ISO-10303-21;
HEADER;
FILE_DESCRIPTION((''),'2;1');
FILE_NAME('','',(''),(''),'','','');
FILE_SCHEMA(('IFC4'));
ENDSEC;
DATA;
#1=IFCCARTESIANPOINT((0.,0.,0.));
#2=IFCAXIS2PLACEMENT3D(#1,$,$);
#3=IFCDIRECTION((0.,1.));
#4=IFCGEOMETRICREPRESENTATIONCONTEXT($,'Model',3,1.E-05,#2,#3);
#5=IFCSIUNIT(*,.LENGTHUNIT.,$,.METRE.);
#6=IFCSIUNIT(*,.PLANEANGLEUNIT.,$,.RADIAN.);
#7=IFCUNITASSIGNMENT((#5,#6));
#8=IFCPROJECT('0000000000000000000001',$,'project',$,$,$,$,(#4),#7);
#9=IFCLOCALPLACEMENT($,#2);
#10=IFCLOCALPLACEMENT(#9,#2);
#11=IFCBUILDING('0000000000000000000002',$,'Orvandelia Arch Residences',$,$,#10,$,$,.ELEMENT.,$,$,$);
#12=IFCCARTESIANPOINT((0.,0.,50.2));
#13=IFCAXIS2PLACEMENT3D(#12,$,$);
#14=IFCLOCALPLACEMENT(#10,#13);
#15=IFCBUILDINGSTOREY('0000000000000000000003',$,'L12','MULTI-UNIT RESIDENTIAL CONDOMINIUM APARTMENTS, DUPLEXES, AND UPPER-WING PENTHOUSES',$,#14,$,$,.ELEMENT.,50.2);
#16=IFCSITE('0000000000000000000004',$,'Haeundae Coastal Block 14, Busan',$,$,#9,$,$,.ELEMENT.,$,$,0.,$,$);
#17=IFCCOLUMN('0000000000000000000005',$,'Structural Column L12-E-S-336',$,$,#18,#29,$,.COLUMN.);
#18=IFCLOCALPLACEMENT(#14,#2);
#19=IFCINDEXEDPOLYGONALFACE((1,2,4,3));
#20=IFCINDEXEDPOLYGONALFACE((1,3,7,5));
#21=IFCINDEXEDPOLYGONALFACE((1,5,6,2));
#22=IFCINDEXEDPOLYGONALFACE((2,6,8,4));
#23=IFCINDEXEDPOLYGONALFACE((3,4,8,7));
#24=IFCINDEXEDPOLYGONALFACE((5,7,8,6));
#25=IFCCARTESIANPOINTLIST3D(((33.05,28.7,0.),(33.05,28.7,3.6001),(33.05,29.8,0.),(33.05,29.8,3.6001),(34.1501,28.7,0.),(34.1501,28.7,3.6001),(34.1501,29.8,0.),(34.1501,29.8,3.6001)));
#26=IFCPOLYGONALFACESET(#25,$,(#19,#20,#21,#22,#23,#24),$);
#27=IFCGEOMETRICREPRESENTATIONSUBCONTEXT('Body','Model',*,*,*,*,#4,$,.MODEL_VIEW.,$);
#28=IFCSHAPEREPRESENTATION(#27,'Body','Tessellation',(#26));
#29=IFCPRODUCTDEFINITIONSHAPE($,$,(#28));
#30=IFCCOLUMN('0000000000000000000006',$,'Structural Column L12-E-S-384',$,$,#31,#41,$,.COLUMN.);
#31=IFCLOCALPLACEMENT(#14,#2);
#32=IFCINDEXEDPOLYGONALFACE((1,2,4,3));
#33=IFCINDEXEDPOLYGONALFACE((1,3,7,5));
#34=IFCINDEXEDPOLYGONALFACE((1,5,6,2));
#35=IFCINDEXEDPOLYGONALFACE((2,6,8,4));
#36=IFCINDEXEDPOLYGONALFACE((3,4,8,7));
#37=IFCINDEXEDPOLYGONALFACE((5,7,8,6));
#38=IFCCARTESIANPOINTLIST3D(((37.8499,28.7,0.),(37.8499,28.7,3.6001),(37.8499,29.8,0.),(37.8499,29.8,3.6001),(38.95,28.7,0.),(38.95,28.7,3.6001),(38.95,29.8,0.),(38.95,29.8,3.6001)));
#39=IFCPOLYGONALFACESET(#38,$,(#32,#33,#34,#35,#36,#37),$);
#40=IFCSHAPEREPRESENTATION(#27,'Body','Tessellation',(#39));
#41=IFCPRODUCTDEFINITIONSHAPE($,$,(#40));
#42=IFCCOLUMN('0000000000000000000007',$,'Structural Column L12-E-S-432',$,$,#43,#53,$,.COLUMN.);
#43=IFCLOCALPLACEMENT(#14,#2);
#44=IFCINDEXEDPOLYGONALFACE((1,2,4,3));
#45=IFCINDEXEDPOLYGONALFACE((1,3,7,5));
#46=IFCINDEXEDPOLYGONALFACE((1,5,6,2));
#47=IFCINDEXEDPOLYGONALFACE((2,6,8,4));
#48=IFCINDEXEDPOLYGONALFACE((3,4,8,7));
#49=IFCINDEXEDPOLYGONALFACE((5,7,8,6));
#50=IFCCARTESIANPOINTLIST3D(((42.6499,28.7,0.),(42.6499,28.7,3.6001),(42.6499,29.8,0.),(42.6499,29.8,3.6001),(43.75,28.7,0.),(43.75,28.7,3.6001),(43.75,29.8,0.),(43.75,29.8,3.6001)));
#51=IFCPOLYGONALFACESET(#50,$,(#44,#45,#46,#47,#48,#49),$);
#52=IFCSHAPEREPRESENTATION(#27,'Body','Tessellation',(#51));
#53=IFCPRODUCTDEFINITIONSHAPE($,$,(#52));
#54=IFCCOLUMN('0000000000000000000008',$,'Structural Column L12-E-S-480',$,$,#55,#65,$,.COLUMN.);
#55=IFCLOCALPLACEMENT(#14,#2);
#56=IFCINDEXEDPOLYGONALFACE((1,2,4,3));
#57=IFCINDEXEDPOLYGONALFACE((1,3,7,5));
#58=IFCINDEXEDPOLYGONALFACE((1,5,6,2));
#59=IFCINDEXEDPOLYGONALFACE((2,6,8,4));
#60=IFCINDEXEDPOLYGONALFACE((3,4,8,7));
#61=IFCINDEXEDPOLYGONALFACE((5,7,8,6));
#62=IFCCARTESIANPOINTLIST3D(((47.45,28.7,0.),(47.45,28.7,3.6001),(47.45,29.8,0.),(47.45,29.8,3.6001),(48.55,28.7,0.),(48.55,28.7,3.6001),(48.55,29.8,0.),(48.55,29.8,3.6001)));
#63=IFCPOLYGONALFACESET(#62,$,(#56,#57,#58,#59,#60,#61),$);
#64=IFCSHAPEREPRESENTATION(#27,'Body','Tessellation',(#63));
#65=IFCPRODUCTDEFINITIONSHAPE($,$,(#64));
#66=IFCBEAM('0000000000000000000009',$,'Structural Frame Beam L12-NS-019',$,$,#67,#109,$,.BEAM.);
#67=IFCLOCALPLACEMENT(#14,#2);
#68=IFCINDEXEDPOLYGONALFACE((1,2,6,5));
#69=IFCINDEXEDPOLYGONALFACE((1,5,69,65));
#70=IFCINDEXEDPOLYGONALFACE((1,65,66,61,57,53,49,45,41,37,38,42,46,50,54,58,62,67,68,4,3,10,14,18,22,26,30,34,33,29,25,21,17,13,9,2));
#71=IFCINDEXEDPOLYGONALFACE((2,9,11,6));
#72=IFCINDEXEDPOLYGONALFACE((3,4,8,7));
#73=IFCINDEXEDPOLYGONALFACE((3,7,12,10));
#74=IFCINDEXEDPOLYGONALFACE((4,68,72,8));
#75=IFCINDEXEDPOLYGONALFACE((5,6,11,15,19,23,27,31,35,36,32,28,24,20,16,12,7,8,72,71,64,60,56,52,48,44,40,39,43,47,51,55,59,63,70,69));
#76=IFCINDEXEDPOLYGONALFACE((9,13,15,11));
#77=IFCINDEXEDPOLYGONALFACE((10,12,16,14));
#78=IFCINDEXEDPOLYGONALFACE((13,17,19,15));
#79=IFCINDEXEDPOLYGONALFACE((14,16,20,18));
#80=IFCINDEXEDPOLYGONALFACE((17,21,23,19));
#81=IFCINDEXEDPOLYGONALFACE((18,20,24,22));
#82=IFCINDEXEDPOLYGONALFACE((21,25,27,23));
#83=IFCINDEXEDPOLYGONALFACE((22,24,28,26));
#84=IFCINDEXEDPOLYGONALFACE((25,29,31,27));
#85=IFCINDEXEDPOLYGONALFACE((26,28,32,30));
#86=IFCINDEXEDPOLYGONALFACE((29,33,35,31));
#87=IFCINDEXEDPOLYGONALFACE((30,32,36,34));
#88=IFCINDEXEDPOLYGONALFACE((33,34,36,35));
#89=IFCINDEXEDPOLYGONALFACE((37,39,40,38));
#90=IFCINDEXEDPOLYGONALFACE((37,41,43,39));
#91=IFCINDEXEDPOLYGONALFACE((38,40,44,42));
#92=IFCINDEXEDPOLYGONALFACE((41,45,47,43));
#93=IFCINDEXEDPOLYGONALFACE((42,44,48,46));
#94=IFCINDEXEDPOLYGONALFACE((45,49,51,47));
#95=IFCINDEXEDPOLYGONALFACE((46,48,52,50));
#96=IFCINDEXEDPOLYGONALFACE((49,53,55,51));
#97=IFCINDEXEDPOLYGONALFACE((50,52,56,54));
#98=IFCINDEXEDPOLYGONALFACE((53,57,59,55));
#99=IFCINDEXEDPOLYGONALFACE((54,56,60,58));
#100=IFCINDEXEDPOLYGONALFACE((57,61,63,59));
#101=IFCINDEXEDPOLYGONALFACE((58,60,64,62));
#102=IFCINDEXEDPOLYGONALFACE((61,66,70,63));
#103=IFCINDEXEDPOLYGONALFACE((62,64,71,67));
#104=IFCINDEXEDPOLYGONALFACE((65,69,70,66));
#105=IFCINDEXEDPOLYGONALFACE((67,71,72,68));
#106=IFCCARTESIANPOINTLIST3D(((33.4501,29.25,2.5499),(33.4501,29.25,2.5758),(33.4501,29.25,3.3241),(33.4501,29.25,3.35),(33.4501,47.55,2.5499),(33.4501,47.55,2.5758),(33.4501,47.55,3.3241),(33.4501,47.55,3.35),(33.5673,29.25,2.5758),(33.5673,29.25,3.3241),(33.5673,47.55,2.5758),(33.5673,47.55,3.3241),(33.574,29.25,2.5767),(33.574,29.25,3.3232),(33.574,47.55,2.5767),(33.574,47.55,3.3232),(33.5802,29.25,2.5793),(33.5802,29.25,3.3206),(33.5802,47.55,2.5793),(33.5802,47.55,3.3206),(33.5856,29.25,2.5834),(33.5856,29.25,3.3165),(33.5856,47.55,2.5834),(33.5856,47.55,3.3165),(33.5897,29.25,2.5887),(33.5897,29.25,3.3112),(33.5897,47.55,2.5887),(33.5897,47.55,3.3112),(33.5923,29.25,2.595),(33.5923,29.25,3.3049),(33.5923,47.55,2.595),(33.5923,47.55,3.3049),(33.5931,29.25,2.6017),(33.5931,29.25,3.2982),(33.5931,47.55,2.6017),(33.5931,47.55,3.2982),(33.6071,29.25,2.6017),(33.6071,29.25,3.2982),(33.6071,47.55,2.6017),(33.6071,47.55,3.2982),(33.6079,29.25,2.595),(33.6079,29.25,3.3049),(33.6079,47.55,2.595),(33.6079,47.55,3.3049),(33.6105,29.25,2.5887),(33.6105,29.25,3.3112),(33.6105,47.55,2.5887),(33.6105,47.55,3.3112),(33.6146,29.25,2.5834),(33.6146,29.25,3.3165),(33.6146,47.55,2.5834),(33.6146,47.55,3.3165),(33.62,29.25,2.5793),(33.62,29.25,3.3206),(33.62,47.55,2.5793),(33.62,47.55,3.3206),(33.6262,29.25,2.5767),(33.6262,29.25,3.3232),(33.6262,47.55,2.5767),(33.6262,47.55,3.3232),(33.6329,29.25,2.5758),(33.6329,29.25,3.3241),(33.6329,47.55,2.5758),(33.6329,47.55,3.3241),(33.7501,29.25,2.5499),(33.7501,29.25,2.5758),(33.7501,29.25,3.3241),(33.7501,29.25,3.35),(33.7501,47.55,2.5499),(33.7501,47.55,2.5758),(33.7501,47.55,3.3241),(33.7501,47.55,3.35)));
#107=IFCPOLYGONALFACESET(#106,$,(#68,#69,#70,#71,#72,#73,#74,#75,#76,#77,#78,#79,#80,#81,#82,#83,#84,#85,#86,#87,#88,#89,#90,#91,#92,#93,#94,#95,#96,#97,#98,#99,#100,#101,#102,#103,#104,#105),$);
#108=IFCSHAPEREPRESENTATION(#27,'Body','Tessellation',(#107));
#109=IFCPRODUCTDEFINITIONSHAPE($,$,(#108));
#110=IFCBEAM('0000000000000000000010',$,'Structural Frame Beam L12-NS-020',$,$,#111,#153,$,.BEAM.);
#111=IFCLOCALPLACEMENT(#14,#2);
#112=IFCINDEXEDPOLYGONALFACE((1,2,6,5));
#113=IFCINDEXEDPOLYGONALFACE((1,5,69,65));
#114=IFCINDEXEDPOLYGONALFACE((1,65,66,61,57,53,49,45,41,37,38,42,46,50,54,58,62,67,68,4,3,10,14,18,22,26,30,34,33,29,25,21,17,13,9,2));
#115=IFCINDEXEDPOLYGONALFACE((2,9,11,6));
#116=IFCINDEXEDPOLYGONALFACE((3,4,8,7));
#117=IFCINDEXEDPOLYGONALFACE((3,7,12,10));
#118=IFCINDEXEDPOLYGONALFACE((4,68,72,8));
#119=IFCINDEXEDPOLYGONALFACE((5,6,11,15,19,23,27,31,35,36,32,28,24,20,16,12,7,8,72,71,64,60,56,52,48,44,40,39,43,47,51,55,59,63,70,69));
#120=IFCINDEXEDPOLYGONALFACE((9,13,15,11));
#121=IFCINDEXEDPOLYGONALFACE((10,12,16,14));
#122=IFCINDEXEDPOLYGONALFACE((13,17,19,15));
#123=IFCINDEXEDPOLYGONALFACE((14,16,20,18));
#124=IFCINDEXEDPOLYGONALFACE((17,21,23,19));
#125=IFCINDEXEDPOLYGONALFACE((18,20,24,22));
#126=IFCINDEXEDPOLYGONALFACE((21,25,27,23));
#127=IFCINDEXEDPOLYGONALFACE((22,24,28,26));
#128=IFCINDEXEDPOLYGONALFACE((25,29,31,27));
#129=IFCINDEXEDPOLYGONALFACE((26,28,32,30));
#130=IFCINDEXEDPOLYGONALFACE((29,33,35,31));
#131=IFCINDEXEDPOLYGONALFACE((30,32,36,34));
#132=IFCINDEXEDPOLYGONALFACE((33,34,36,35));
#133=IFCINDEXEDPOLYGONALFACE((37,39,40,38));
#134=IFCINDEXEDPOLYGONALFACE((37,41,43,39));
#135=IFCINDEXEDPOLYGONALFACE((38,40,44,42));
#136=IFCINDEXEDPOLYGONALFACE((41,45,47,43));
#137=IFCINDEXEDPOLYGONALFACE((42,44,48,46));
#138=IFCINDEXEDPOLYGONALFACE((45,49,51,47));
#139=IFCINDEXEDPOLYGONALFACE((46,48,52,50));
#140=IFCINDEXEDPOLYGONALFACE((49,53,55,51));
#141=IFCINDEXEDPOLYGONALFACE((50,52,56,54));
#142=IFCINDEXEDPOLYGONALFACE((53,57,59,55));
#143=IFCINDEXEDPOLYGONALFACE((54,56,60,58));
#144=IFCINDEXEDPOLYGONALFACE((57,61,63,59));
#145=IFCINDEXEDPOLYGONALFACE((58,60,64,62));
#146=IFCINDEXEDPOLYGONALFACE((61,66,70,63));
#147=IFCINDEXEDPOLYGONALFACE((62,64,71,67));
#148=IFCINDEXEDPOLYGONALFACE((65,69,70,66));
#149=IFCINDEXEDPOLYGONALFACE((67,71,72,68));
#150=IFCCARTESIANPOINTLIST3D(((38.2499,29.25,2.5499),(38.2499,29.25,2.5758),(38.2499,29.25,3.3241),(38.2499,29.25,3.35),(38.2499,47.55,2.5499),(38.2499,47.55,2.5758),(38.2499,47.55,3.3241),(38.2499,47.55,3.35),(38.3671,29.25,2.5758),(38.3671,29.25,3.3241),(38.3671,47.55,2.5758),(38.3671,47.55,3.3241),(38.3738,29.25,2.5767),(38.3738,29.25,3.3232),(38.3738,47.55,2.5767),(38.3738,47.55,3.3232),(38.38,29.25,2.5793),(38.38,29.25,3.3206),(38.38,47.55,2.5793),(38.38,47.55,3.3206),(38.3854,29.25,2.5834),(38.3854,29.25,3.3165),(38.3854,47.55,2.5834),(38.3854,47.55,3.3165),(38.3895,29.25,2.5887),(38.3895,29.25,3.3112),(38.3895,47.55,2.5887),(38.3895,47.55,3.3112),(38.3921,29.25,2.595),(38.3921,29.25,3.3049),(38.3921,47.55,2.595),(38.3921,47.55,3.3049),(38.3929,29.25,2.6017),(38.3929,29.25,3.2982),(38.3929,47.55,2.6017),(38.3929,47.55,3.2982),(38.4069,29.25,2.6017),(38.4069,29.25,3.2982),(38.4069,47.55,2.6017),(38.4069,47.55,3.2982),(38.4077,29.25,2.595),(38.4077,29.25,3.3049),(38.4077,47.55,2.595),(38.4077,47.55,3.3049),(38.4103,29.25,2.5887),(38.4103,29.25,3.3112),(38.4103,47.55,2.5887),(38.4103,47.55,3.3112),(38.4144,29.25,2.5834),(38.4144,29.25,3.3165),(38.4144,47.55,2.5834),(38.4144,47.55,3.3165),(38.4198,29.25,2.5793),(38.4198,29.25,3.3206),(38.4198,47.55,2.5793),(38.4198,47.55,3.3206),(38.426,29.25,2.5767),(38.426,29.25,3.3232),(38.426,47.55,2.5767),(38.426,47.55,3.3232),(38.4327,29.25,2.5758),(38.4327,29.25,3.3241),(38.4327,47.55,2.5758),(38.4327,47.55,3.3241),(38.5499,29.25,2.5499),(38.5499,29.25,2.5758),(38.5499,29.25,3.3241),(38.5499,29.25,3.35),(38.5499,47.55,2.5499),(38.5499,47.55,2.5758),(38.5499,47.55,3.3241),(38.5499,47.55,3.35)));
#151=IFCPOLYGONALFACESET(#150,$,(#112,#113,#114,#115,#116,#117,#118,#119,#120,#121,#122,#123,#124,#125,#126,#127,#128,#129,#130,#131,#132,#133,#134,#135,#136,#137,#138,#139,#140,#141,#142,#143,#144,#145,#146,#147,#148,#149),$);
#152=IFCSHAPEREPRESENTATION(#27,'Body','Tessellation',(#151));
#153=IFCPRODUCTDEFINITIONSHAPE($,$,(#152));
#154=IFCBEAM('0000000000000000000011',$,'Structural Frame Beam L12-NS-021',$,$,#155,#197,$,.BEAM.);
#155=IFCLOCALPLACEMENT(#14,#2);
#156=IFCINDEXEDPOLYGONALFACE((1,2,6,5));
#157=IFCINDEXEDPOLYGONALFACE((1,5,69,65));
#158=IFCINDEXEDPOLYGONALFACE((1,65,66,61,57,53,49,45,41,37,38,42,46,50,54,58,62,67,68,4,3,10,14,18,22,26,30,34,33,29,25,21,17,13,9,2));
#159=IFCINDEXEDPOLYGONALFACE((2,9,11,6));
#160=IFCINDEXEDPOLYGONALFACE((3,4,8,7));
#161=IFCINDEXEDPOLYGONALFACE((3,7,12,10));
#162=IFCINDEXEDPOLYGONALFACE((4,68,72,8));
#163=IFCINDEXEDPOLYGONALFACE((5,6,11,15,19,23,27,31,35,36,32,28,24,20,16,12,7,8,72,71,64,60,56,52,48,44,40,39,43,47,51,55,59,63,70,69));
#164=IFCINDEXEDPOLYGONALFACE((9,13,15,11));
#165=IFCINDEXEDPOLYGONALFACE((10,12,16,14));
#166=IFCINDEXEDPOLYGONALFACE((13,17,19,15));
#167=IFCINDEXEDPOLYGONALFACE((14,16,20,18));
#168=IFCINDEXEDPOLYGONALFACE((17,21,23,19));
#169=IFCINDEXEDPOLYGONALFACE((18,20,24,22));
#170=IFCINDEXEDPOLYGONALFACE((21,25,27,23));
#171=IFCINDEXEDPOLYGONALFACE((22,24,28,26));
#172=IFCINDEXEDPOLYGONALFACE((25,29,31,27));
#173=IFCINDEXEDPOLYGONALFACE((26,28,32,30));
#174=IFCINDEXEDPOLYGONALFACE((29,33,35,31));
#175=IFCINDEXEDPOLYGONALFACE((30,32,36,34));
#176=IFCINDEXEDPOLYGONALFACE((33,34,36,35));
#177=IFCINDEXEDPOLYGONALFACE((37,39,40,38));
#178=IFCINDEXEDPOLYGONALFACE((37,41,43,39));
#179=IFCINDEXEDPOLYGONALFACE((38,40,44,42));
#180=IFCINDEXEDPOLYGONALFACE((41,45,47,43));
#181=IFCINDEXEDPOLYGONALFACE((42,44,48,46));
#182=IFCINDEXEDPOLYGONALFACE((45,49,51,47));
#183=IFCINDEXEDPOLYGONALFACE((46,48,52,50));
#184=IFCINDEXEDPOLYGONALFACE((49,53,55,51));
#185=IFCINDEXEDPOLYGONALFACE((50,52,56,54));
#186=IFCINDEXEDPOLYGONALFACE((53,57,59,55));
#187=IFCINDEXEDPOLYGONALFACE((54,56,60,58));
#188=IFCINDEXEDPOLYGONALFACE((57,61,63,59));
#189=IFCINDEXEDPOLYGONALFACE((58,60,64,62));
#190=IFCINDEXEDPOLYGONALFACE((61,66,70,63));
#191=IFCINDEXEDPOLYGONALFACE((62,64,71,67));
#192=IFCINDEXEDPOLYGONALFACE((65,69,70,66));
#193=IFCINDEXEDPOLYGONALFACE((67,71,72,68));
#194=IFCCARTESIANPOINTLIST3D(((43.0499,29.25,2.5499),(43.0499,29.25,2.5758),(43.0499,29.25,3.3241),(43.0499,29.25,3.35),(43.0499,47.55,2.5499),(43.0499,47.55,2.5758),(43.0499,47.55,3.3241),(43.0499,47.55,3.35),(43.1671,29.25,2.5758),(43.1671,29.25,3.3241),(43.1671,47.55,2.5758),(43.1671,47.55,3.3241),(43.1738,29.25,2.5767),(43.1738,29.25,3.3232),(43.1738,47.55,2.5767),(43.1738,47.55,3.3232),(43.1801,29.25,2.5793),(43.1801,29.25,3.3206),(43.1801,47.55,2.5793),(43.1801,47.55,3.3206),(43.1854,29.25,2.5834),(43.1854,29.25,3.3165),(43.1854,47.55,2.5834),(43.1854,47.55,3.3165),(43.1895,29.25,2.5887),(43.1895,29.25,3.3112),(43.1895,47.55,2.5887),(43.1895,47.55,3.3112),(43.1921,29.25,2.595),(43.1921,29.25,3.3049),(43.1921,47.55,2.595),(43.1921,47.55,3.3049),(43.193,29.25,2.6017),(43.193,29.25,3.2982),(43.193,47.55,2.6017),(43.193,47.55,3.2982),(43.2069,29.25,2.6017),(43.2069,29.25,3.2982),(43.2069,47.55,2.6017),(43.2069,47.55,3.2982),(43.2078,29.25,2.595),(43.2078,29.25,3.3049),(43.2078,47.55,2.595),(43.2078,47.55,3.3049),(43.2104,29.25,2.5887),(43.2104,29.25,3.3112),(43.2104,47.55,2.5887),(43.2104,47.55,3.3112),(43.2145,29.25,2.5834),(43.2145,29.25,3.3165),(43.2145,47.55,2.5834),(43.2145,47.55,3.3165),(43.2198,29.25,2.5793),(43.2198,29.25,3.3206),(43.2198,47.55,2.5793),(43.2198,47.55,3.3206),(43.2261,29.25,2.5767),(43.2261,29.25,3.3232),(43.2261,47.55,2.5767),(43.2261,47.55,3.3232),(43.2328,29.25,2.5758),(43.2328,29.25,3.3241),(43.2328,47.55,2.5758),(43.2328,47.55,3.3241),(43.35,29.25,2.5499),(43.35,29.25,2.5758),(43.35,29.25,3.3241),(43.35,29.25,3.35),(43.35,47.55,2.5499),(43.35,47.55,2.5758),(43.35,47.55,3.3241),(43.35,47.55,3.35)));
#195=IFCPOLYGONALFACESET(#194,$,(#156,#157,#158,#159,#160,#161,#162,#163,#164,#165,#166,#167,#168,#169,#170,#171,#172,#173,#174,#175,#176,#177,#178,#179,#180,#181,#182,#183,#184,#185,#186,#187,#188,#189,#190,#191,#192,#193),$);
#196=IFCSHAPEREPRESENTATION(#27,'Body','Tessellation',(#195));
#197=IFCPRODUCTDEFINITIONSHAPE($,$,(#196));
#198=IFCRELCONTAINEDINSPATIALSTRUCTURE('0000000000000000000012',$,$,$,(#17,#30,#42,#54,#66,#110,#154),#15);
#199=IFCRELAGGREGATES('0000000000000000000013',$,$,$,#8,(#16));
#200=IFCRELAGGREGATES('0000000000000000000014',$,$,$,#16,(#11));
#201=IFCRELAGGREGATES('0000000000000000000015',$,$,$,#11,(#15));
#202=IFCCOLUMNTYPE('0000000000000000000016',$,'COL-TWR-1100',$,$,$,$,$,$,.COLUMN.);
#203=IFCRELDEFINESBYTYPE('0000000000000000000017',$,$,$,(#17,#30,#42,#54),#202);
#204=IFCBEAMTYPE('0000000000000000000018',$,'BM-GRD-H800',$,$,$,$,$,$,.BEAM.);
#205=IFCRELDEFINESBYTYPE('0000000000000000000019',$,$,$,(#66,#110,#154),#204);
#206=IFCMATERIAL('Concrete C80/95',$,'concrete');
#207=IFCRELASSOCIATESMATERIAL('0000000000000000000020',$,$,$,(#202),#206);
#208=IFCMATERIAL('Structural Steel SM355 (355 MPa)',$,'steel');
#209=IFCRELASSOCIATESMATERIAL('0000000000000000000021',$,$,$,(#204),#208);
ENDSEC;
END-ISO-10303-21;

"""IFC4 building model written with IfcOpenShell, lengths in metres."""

from ifc_helpers import new_model, si_unit, direction, frame, origin, origin_2d, place, context, subcontext, project, spatial, rectangle, i_section, extrude, material, material_profile, profile_set, type_object, element, save


model = new_model("IFC4")

# Units and contexts
model_context = context("Model", 3, precision=1e-05, world=origin(), true_north=direction((0.0, 1.0)))
body_context = subcontext(model_context, "Body", "Model", "MODEL_VIEW")
ifc_project = project(units=[si_unit("LENGTHUNIT", "METRE"), si_unit("PLANEANGLEUNIT", "RADIAN")], contexts=[model_context])

# Site, building, storey
site_placement = place(None, origin())
site = spatial("IfcSite", under=ifc_project, at=site_placement, Name="Haeundae Coastal Block 14, Busan", CompositionType="ELEMENT", RefElevation=0.0)
building_placement = place(site_placement, origin())
building = spatial("IfcBuilding", under=site, at=building_placement, Name="Orvandelia Arch Residences", CompositionType="ELEMENT")
storey_placement = place(building_placement, frame((0.0, 0.0, 50.2)))
storey = spatial("IfcBuildingStorey", under=building, at=storey_placement, Name="L12", Description="MULTI-UNIT RESIDENTIAL CONDOMINIUM APARTMENTS, DUPLEXES, AND UPPER-WING PENTHOUSES", CompositionType="ELEMENT", Elevation=50.2)

# Columns
ifc_material_1 = material(Name="Concrete C80/95", Category="concrete")
ifc_material_profile_1 = material_profile(ifc_material_1, rectangle(XDim=1.1001, YDim=1.1001, at=origin_2d()), Name="Concrete C80/95", Category="concrete")
ifc_profile_set_1 = profile_set([ifc_material_profile_1], Name="Concrete C80/95")
column_type = type_object("IfcColumnType", Name="COL-TWR-1100", PredefinedType="COLUMN", material=ifc_profile_set_1)
for number, where, z_axis, x_axis, name in (
    (1, (33.6001, 29.25, 0.0), (0.0, 0.0, 1.0), (1.0, 0.0, 0.0), "Structural Column L12-E-S-336"),
    (2, (38.3999, 29.25, 0.0), (0.0, 0.0, 1.0), (1.0, 0.0, 0.0), "Structural Column L12-E-S-384"),
    (3, (43.2, 29.25, 0.0), (0.0, 0.0, 1.0), (1.0, 0.0, 0.0), "Structural Column L12-E-S-432"),
    (4, (48.0, 29.25, 0.0), (0.0, 0.0, 1.0), (1.0, 0.0, 0.0), "Structural Column L12-E-S-480"),
):
    element("IfcColumn", number, at=place(storey_placement, frame(where, z_axis=z_axis, x_axis=x_axis)), inside=storey, type_object=column_type, Name=name, PredefinedType="COLUMN", context=body_context, shape_type="SweptSolid", body=[
        extrude(rectangle(XDim=1.1001, YDim=1.1001, at=origin_2d()), origin(), (0.0, 0.0, 1.0), 3.6001),
    ])

# Beams
ifc_material_2 = material(Name="Structural Steel SM355 (355 MPa)", Category="steel")
ifc_material_profile_2 = material_profile(ifc_material_2, i_section(OverallWidth=0.3, OverallDepth=0.8, WebThickness=0.0139, FlangeThickness=0.0259, FilletRadius=0.0259, at=origin_2d()), Name="Structural Steel SM355 (355 MPa)", Category="steel")
ifc_profile_set_2 = profile_set([ifc_material_profile_2], Name="Structural Steel SM355 (355 MPa)")
beam_type = type_object("IfcBeamType", Name="BM-GRD-H800", PredefinedType="BEAM", material=ifc_profile_set_2)
for number, where, z_axis, x_axis, name in (
    (5, (33.6001, 29.25, 2.95), (0.0, 1.0, 0.0), (-1.0, 0.0, 0.0), "Structural Frame Beam L12-NS-019"),
    (6, (38.3999, 29.25, 2.95), (0.0, 1.0, 0.0), (-1.0, 0.0, 0.0), "Structural Frame Beam L12-NS-020"),
    (7, (43.2, 29.25, 2.95), (0.0, 1.0, 0.0), (-1.0, 0.0, 0.0), "Structural Frame Beam L12-NS-021"),
):
    element("IfcBeam", number, at=place(storey_placement, frame(where, z_axis=z_axis, x_axis=x_axis)), inside=storey, type_object=beam_type, Name=name, PredefinedType="BEAM", context=body_context, shape_type="SweptSolid", body=[
        extrude(i_section(OverallWidth=0.3, OverallDepth=0.8, WebThickness=0.0139, FlangeThickness=0.0259, FilletRadius=0.0259, at=origin_2d()), origin(), (0.0, 0.0, 1.0), 18.3),
    ])

save(model, "model.ifc")
